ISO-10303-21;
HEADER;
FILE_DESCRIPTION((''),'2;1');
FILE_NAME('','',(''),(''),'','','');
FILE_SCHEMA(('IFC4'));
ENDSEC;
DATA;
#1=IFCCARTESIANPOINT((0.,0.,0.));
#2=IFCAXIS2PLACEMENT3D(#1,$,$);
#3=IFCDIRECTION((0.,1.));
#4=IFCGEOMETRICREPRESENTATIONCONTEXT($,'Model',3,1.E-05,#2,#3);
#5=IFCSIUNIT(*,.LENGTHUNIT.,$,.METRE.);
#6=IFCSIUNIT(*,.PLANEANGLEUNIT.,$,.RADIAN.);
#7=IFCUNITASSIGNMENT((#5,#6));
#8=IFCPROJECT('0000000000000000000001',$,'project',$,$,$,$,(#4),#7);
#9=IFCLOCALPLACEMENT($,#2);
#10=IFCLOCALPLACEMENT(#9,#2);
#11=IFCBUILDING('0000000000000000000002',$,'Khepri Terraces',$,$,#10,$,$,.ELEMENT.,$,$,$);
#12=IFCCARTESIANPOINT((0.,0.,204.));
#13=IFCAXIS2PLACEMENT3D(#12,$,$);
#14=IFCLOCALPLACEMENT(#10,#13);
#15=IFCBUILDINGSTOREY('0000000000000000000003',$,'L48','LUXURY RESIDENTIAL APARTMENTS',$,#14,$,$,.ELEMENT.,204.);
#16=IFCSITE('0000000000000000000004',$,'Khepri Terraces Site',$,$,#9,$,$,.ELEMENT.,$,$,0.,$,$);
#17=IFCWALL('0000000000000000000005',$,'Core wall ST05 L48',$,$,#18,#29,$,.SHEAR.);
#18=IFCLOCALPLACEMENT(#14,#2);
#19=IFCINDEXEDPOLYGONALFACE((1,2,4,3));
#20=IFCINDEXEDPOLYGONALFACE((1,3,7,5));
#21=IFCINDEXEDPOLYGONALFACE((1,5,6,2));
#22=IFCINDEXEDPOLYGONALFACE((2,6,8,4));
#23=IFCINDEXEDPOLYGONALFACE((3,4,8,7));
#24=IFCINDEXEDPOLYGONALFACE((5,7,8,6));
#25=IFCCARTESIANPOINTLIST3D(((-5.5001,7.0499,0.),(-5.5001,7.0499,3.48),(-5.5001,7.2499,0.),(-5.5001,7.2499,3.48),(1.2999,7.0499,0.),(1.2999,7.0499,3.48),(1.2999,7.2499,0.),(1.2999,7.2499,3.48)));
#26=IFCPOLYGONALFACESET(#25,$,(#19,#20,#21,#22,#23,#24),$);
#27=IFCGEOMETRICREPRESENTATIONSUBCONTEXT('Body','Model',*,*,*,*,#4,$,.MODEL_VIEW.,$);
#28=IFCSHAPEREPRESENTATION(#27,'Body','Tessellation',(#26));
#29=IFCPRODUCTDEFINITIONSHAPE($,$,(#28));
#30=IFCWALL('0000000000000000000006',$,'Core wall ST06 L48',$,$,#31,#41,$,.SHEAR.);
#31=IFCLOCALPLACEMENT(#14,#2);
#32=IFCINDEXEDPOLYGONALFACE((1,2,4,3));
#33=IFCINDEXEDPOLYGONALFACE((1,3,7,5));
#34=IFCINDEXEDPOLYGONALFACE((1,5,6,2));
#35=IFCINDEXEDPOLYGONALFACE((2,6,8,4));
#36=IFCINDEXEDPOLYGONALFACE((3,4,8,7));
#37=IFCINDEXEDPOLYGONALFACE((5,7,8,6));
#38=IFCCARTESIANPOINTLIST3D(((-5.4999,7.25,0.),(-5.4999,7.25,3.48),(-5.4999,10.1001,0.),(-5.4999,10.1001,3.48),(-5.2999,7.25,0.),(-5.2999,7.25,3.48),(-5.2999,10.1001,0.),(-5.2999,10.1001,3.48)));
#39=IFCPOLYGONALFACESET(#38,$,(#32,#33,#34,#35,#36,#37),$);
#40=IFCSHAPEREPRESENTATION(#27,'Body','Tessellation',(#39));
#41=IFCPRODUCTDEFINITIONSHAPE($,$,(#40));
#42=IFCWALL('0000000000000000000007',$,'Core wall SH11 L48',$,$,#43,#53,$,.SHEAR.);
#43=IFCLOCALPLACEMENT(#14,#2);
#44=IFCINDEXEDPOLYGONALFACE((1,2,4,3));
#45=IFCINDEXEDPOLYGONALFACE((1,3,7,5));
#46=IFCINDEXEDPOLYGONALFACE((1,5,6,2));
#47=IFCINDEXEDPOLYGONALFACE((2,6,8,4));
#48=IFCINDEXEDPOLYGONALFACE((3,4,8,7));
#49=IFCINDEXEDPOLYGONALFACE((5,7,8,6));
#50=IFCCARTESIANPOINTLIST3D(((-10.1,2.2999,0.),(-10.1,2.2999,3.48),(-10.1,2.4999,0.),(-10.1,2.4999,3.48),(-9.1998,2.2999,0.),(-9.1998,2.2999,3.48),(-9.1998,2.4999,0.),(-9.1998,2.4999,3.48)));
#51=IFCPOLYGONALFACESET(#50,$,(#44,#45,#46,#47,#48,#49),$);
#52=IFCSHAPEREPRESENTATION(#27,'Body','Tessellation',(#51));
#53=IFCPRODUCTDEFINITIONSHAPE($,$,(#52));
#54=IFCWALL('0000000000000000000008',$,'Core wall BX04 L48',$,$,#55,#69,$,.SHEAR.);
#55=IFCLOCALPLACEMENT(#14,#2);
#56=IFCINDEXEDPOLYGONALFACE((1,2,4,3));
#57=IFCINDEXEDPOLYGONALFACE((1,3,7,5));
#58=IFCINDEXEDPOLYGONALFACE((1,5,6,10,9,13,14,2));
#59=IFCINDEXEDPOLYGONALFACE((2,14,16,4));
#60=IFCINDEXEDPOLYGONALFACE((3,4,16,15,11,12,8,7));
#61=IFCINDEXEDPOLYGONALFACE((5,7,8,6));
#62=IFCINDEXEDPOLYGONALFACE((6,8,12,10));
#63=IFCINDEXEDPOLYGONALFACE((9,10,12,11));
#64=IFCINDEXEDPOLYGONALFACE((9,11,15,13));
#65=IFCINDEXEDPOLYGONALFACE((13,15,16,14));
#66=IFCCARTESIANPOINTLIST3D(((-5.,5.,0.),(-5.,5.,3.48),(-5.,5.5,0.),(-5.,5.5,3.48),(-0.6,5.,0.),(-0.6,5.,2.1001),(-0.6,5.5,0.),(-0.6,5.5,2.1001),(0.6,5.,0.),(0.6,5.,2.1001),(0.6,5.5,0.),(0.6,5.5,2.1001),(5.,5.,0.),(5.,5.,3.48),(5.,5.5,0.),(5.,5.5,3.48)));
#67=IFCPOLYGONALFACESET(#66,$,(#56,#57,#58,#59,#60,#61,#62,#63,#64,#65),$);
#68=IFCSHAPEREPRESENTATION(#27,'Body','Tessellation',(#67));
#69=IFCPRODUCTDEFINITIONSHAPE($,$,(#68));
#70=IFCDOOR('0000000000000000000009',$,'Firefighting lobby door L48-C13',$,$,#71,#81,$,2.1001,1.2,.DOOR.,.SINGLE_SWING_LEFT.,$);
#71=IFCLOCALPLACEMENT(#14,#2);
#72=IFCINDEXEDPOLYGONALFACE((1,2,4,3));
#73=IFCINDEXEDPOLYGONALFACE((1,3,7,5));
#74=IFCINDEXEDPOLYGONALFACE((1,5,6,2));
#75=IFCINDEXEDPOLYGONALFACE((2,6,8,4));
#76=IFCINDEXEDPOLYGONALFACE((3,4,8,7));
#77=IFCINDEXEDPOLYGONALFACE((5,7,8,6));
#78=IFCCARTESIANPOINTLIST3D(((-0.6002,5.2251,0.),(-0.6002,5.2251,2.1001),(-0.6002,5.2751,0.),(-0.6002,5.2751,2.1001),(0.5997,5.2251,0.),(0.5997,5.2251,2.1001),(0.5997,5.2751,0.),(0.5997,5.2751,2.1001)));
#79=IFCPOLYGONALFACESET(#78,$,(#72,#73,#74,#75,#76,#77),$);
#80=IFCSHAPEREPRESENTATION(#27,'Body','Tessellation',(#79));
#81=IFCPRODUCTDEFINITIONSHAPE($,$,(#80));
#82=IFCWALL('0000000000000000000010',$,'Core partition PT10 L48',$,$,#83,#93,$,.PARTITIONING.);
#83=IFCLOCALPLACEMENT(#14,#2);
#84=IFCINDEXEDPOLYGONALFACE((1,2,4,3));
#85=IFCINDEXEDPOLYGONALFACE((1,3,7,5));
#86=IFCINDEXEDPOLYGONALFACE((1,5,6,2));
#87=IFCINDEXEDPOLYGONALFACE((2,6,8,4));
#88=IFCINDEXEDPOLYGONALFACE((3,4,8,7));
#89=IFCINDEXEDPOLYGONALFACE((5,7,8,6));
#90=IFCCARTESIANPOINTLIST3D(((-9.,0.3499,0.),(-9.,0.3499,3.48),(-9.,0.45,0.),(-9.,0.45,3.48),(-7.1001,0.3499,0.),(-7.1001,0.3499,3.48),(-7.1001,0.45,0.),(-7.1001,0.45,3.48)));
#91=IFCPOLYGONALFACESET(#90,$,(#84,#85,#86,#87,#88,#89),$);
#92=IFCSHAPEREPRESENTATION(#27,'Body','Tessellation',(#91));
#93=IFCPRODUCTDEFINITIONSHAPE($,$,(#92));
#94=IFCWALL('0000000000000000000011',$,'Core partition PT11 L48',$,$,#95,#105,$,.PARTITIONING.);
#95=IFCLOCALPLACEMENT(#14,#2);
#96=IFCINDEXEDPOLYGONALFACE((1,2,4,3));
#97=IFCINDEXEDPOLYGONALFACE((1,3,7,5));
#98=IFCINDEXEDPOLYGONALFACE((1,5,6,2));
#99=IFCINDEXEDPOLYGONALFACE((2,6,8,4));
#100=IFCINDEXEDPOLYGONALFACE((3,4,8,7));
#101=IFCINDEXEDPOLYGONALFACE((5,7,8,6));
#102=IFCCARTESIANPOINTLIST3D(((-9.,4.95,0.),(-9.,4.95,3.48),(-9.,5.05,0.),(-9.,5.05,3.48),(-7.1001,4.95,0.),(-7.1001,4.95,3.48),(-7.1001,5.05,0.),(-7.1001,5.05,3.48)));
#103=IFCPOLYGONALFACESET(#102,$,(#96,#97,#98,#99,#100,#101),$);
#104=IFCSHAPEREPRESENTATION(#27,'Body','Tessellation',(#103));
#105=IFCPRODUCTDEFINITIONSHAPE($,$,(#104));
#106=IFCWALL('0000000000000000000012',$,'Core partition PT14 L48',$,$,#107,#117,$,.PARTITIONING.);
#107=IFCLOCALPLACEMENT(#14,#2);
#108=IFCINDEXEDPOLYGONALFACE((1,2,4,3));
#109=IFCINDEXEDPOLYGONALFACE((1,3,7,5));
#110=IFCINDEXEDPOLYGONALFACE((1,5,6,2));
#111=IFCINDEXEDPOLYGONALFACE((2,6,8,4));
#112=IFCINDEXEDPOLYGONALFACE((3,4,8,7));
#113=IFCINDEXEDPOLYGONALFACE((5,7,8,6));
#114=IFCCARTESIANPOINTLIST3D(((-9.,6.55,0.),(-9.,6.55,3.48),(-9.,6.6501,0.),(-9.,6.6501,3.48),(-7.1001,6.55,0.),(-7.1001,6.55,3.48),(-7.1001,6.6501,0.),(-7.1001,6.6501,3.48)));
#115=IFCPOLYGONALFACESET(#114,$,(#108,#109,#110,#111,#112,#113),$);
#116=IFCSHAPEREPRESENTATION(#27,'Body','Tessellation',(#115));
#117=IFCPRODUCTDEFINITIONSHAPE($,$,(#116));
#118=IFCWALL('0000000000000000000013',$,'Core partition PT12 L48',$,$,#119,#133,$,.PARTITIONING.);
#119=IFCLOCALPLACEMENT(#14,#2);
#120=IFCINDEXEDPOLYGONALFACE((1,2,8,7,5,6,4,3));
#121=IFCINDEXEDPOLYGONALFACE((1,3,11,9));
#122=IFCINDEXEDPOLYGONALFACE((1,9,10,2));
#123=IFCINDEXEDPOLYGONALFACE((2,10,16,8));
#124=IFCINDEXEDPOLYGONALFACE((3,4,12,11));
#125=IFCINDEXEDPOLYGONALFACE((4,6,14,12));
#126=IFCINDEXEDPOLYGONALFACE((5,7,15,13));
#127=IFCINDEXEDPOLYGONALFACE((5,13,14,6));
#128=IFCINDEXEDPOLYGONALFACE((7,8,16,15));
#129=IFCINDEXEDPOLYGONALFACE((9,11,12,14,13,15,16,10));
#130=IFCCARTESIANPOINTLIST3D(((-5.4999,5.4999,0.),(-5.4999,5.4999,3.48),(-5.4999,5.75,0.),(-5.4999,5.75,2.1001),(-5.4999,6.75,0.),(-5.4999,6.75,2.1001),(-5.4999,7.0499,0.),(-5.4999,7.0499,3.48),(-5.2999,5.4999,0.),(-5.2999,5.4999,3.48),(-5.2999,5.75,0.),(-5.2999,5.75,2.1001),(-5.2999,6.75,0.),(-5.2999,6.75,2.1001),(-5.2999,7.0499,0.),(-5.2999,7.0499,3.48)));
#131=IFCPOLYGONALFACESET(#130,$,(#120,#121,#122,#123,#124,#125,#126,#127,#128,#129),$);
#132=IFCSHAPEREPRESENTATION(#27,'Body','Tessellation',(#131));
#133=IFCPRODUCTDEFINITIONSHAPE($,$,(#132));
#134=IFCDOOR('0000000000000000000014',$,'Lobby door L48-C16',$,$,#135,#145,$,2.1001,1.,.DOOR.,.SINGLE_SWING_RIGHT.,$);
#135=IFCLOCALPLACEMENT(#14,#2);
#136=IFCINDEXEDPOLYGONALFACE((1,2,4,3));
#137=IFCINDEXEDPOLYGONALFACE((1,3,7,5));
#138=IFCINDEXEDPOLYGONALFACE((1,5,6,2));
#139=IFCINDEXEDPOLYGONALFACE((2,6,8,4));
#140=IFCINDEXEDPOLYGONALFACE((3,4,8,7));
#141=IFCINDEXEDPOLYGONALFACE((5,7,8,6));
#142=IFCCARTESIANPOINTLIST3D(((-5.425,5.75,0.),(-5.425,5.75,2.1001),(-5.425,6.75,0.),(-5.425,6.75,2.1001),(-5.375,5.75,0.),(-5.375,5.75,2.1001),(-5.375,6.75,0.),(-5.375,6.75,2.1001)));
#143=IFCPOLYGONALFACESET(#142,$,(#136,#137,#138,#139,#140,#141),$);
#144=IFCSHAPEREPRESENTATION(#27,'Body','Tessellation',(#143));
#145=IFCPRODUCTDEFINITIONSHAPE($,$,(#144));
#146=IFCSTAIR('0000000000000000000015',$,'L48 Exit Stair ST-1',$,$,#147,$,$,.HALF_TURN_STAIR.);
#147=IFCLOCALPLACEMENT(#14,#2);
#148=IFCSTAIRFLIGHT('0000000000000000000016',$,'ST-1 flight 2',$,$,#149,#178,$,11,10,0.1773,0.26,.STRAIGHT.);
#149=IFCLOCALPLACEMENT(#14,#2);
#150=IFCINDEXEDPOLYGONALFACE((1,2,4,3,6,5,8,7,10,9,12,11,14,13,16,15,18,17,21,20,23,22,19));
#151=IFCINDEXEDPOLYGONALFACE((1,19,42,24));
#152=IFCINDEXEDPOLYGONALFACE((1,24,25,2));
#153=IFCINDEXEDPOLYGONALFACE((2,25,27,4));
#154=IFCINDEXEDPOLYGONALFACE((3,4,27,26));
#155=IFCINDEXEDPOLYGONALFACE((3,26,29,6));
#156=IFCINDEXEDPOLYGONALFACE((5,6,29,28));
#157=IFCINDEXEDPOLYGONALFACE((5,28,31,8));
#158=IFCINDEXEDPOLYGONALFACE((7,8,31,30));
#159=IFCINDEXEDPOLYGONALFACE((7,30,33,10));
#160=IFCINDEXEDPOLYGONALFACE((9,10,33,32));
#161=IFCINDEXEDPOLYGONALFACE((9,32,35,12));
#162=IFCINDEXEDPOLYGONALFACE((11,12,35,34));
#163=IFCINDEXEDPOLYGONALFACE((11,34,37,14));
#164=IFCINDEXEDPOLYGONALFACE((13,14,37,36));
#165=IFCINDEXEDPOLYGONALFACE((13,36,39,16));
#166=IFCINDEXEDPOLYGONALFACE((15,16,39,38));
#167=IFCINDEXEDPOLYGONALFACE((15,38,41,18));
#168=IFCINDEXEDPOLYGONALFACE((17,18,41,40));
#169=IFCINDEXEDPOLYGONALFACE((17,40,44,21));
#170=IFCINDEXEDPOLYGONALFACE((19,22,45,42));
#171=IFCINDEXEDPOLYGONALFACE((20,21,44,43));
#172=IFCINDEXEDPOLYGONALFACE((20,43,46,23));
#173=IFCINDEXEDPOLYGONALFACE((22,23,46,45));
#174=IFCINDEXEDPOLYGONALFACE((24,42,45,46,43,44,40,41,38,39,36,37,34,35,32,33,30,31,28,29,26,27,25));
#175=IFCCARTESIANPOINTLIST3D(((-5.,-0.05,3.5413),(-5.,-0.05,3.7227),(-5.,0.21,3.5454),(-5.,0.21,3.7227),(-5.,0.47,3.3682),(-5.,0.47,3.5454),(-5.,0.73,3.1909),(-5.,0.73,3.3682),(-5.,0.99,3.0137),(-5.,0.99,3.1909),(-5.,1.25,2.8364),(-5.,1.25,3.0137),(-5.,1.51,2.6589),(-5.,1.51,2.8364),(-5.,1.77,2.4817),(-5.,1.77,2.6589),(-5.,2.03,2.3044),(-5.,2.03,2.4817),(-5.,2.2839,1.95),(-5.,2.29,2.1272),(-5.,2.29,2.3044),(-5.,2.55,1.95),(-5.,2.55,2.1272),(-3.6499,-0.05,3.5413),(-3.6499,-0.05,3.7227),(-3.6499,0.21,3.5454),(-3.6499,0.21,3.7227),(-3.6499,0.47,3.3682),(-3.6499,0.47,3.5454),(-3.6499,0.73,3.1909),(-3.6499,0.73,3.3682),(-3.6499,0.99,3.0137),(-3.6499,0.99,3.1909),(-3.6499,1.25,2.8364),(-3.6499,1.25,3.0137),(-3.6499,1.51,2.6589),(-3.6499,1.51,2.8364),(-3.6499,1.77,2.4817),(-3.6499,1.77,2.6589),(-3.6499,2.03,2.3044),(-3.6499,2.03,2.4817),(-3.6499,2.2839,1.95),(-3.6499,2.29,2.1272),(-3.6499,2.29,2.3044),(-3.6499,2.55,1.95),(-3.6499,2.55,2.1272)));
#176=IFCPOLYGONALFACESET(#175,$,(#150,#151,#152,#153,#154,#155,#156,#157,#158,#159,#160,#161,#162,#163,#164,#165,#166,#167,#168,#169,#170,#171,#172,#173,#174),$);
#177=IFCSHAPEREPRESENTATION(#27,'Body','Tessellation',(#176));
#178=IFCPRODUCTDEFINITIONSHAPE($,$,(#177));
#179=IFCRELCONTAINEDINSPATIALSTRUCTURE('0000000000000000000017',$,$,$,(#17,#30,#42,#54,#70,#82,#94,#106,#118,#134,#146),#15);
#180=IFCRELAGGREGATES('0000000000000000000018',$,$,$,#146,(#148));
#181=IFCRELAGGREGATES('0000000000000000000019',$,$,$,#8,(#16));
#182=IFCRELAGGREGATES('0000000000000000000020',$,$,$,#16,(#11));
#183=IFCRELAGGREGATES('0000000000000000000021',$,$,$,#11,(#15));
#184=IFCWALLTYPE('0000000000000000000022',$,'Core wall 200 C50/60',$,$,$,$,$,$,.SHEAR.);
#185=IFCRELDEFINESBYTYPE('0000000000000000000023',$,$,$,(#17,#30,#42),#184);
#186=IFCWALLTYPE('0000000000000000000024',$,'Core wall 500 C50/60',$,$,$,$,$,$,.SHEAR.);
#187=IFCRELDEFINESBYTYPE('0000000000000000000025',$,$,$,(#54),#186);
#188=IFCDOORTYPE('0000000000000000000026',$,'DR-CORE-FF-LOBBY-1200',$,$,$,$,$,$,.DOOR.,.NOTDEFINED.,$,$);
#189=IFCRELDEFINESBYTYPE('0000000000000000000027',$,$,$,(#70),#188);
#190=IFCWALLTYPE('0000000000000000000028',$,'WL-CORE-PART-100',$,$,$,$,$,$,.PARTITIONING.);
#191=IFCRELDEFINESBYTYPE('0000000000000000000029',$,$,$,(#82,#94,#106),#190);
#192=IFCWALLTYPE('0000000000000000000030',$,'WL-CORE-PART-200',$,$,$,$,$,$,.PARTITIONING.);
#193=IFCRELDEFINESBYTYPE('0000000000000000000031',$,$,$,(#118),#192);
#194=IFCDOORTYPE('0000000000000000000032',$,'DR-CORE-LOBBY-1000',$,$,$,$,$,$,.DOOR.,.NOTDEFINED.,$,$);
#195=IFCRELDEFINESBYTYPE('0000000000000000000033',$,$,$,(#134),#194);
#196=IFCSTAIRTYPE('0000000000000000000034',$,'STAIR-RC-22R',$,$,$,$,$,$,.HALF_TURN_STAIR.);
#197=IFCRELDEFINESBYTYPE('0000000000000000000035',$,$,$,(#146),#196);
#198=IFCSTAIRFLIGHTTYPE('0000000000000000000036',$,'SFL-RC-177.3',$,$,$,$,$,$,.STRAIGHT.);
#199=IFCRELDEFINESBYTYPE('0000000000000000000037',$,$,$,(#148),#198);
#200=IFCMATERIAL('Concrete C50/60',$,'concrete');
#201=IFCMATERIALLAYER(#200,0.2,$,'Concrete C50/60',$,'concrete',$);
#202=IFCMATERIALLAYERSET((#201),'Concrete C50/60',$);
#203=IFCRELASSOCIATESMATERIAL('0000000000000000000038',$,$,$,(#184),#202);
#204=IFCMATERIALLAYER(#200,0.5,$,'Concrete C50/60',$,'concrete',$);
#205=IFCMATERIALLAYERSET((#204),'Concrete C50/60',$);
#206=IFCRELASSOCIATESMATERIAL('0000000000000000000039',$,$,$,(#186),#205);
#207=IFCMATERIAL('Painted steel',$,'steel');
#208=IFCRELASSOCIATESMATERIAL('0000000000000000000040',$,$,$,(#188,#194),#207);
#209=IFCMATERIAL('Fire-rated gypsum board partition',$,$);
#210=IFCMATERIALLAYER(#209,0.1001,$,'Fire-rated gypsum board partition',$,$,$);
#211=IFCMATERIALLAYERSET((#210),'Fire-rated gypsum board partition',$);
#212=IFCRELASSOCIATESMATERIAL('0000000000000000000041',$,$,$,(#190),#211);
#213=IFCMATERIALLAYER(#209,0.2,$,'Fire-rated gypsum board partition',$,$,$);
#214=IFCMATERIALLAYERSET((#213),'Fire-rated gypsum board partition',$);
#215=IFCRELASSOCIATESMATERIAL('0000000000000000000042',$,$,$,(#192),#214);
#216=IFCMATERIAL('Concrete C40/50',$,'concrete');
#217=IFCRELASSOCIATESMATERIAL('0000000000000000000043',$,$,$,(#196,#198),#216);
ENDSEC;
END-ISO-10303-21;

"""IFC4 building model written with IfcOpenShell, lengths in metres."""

from ifc_helpers import new_model, si_unit, direction, frame, frame_2d, origin, place, context, subcontext, project, spatial, polyline, rectangle, outline, extrude, material, layer, layer_set, type_object, element, fill, aggregate, save


model = new_model("IFC4")

# Units and contexts
model_context = context("Model", 3, precision=1e-05, world=origin(), true_north=direction((0.0, 1.0)))
body_context = subcontext(model_context, "Body", "Model", "MODEL_VIEW")
ifc_project = project(units=[si_unit("LENGTHUNIT", "METRE"), si_unit("PLANEANGLEUNIT", "RADIAN")], contexts=[model_context])

# Site, building, storey
site_placement = place(None, origin())
site = spatial("IfcSite", under=ifc_project, at=site_placement, Name="Khepri Terraces Site", CompositionType="ELEMENT", RefElevation=0.0)
building_placement = place(site_placement, origin())
building = spatial("IfcBuilding", under=site, at=building_placement, Name="Khepri Terraces", CompositionType="ELEMENT")
storey_placement = place(building_placement, frame((0.0, 0.0, 204.0)))
storey = spatial("IfcBuildingStorey", under=building, at=storey_placement, Name="L48", Description="LUXURY RESIDENTIAL APARTMENTS", CompositionType="ELEMENT", Elevation=204.0)

# Walls
ifc_material_1 = material(Name="Concrete C50/60", Category="concrete")
ifc_layer_1 = layer(ifc_material_1, 0.2, Name="Concrete C50/60", Category="concrete")
ifc_layer_set_1 = layer_set([ifc_layer_1], Name="Concrete C50/60")
wall_type_1 = type_object("IfcWallType", Name="Core wall 200 C50/60", PredefinedType="SHEAR", material=ifc_layer_set_1)
wall_1_placement = place(storey_placement, frame((-5.5, 7.1499, 0.0), z_axis=(0.0, 0.0, 1.0), x_axis=(1.0, 0.0, 0.0)))
element("IfcWall", 1, at=wall_1_placement, inside=storey, type_object=wall_type_1, Name="Core wall ST05 L48", PredefinedType="SHEAR", context=body_context, shape_type="SweptSolid", body=[
    extrude(rectangle(XDim=6.8, YDim=0.2, at=frame_2d((3.3999, 0.0))), origin(), (0.0, 0.0, 1.0), 3.48),
])
wall_2_placement = place(storey_placement, frame((-5.3999, 7.25, 0.0), z_axis=(0.0, 0.0, 1.0), x_axis=(0.0, 1.0, 0.0)))
element("IfcWall", 2, at=wall_2_placement, inside=storey, type_object=wall_type_1, Name="Core wall ST06 L48", PredefinedType="SHEAR", context=body_context, shape_type="SweptSolid", body=[
    extrude(rectangle(XDim=2.8501, YDim=0.2, at=frame_2d((1.425, 0.0))), origin(), (0.0, 0.0, 1.0), 3.48),
])
wall_3_placement = place(storey_placement, frame((-10.1001, 2.3999, 0.0), z_axis=(0.0, 0.0, 1.0), x_axis=(1.0, 0.0, 0.0)))
element("IfcWall", 3, at=wall_3_placement, inside=storey, type_object=wall_type_1, Name="Core wall SH11 L48", PredefinedType="SHEAR", context=body_context, shape_type="SweptSolid", body=[
    extrude(rectangle(XDim=0.9001, YDim=0.2, at=frame_2d((0.4502, 0.0))), origin(), (0.0, 0.0, 1.0), 3.48),
])

# Wall, opening, door
ifc_layer_2 = layer(ifc_material_1, 0.5, Name="Concrete C50/60", Category="concrete")
ifc_layer_set_2 = layer_set([ifc_layer_2], Name="Concrete C50/60")
wall_type_2 = type_object("IfcWallType", Name="Core wall 500 C50/60", PredefinedType="SHEAR", material=ifc_layer_set_2)
wall_4_placement = place(storey_placement, frame((-5.0, 5.25, 0.0), z_axis=(0.0, 0.0, 1.0), x_axis=(1.0, 0.0, 0.0)))
wall_4 = element("IfcWall", 4, at=wall_4_placement, inside=storey, type_object=wall_type_2, Name="Core wall BX04 L48", PredefinedType="SHEAR", context=body_context, shape_type="SweptSolid", body=[
    extrude(rectangle(XDim=10.0, YDim=0.5, at=frame_2d((5.0, 0.0))), origin(), (0.0, 0.0, 1.0), 3.48),
])
opening_1_placement = place(wall_4_placement, frame((4.3999, 0.0, 0.0)))
opening_1 = element("IfcOpeningElement", 5, at=opening_1_placement, cuts=wall_4, PredefinedType="OPENING", context=body_context, shape_type="SweptSolid", body=[
    extrude(rectangle(XDim=1.2, YDim=2.1001, at=frame_2d((0.6001, 1.05))), frame((0.0, 0.26, 0.0), z_axis=(0.0, -1.0, 0.0), x_axis=(1.0, 0.0, 0.0)), (0.0, 0.0, 1.0), 0.52),
])
ifc_material_2 = material(Name="Painted steel", Category="steel")
door_type_1 = type_object("IfcDoorType", Name="DR-CORE-FF-LOBBY-1200", OperationType="NOTDEFINED", PredefinedType="DOOR", material=ifc_material_2)
door_1_placement = place(opening_1_placement, frame((1.2, 0.0, 0.0), z_axis=(0.0, 0.0, 1.0), x_axis=(-1.0, 0.0, 0.0)))
door_1 = element("IfcDoor", 6, at=door_1_placement, inside=storey, type_object=door_type_1, Name="Firefighting lobby door L48-C13", OperationType="SINGLE_SWING_LEFT", OverallHeight=2.1001, OverallWidth=1.2, PredefinedType="DOOR", context=body_context, shape_type="SweptSolid", body=[
    extrude(rectangle(XDim=1.2, YDim=2.1001, at=frame_2d((0.6001, 1.05))), frame((0.0, 0.0249, 0.0), z_axis=(0.0, -1.0, 0.0), x_axis=(1.0, 0.0, 0.0)), (0.0, 0.0, 1.0), 0.05),
])
fill(opening_1, door_1)

# Walls
ifc_material_3 = material(Name="Fire-rated gypsum board partition")
ifc_layer_3 = layer(ifc_material_3, 0.1001, Name="Fire-rated gypsum board partition")
ifc_layer_set_3 = layer_set([ifc_layer_3], Name="Fire-rated gypsum board partition")
wall_type_3 = type_object("IfcWallType", Name="WL-CORE-PART-100", PredefinedType="PARTITIONING", material=ifc_layer_set_3)
for number, where, z_axis, x_axis, name in (
    (7, (-9.0, 0.3999, 0.0), (0.0, 0.0, 1.0), (1.0, 0.0, 0.0), "Core partition PT10 L48"),
    (8, (-9.0, 5.0, 0.0), (0.0, 0.0, 1.0), (1.0, 0.0, 0.0), "Core partition PT11 L48"),
    (9, (-9.0, 6.6001, 0.0), (0.0, 0.0, 1.0), (1.0, 0.0, 0.0), "Core partition PT14 L48"),
):
    element("IfcWall", number, at=place(storey_placement, frame(where, z_axis=z_axis, x_axis=x_axis)), inside=storey, type_object=wall_type_3, Name=name, PredefinedType="PARTITIONING", context=body_context, shape_type="SweptSolid", body=[
        extrude(rectangle(XDim=1.8999, YDim=0.1001, at=frame_2d((0.95, 0.0))), origin(), (0.0, 0.0, 1.0), 3.48),
    ])

# Wall, opening, door
ifc_layer_4 = layer(ifc_material_3, 0.2, Name="Fire-rated gypsum board partition")
ifc_layer_set_4 = layer_set([ifc_layer_4], Name="Fire-rated gypsum board partition")
wall_type_4 = type_object("IfcWallType", Name="WL-CORE-PART-200", PredefinedType="PARTITIONING", material=ifc_layer_set_4)
wall_5_placement = place(storey_placement, frame((-5.3999, 5.5, 0.0), z_axis=(0.0, 0.0, 1.0), x_axis=(0.0, 1.0, 0.0)))
wall_5 = element("IfcWall", 10, at=wall_5_placement, inside=storey, type_object=wall_type_4, Name="Core partition PT12 L48", PredefinedType="PARTITIONING", context=body_context, shape_type="SweptSolid", body=[
    extrude(rectangle(XDim=1.55, YDim=0.2, at=frame_2d((0.7749, 0.0))), origin(), (0.0, 0.0, 1.0), 3.48),
])
opening_2_placement = place(wall_5_placement, frame((0.25, 0.0, 0.0)))
opening_2 = element("IfcOpeningElement", 11, at=opening_2_placement, cuts=wall_5, PredefinedType="OPENING", context=body_context, shape_type="SweptSolid", body=[
    extrude(rectangle(XDim=1.0, YDim=2.1001, at=frame_2d((0.5, 1.05))), frame((0.0, 0.1099, 0.0), z_axis=(0.0, -1.0, 0.0), x_axis=(1.0, 0.0, 0.0)), (0.0, 0.0, 1.0), 0.22),
])
door_type_2 = type_object("IfcDoorType", Name="DR-CORE-LOBBY-1000", OperationType="NOTDEFINED", PredefinedType="DOOR", material=ifc_material_2)
door_2_placement = place(opening_2_placement, frame((1.0, 0.0, 0.0), z_axis=(0.0, 0.0, 1.0), x_axis=(-1.0, 0.0, 0.0)))
door_2 = element("IfcDoor", 12, at=door_2_placement, inside=storey, type_object=door_type_2, Name="Lobby door L48-C16", OperationType="SINGLE_SWING_RIGHT", OverallHeight=2.1001, OverallWidth=1.0, PredefinedType="DOOR", context=body_context, shape_type="SweptSolid", body=[
    extrude(rectangle(XDim=1.0, YDim=2.1001, at=frame_2d((0.5, 1.05))), frame((0.0, 0.0249, 0.0), z_axis=(0.0, -1.0, 0.0), x_axis=(1.0, 0.0, 0.0)), (0.0, 0.0, 1.0), 0.05),
])
fill(opening_2, door_2)

# Stair, stair flight
ifc_material_4 = material(Name="Concrete C40/50", Category="concrete")
stair_type = type_object("IfcStairType", Name="STAIR-RC-22R", PredefinedType="HALF_TURN_STAIR", material=ifc_material_4)
stair_1_placement = place(storey_placement, origin())
stair_1 = element("IfcStair", 13, at=stair_1_placement, inside=storey, type_object=stair_type, Name="L48 Exit Stair ST-1", PredefinedType="HALF_TURN_STAIR")
stair_flight_type = type_object("IfcStairFlightType", Name="SFL-RC-177.3", PredefinedType="STRAIGHT", material=ifc_material_4)
stair_flight_1_placement = place(storey_placement, frame((-4.325, 2.55, 1.95), z_axis=(0.0, 0.0, 1.0), x_axis=(0.0, -1.0, 0.0)))
stair_flight_1 = element("IfcStairFlight", 14, at=stair_flight_1_placement, type_object=stair_flight_type, Name="ST-1 flight 2", NumberOfRisers=11, NumberOfTreads=10, PredefinedType="STRAIGHT", RiserHeight=0.1773, TreadLength=0.26, context=body_context, shape_type="SweptSolid", body=[
    extrude(outline(polyline([(0.0, 0.0), (0.0, 0.1772), (0.26, 0.1772), (0.26, 0.3545), (0.52, 0.3545), (0.52, 0.5317), (0.78, 0.5317), (0.78, 0.709), (1.04, 0.709), (1.04, 0.8865), (1.3, 0.8865), (1.3, 1.0637), (1.5601, 1.0637), (1.5601, 1.241), (1.8201, 1.241), (1.8201, 1.4182), (2.0801, 1.4182), (2.0801, 1.5955), (2.3401, 1.5955), (2.3401, 1.7727), (2.6001, 1.7727), (2.6001, 1.95), (2.6001, 1.5913), (0.2661, 0.0), (0.0, 0.0)])), frame((0.0, 0.675, 0.0), z_axis=(0.0, -1.0, 0.0), x_axis=(1.0, 0.0, 0.0)), (0.0, 0.0, 1.0), 1.3501),
])
aggregate(stair_1, [stair_flight_1])

save(model, "model.ifc")
